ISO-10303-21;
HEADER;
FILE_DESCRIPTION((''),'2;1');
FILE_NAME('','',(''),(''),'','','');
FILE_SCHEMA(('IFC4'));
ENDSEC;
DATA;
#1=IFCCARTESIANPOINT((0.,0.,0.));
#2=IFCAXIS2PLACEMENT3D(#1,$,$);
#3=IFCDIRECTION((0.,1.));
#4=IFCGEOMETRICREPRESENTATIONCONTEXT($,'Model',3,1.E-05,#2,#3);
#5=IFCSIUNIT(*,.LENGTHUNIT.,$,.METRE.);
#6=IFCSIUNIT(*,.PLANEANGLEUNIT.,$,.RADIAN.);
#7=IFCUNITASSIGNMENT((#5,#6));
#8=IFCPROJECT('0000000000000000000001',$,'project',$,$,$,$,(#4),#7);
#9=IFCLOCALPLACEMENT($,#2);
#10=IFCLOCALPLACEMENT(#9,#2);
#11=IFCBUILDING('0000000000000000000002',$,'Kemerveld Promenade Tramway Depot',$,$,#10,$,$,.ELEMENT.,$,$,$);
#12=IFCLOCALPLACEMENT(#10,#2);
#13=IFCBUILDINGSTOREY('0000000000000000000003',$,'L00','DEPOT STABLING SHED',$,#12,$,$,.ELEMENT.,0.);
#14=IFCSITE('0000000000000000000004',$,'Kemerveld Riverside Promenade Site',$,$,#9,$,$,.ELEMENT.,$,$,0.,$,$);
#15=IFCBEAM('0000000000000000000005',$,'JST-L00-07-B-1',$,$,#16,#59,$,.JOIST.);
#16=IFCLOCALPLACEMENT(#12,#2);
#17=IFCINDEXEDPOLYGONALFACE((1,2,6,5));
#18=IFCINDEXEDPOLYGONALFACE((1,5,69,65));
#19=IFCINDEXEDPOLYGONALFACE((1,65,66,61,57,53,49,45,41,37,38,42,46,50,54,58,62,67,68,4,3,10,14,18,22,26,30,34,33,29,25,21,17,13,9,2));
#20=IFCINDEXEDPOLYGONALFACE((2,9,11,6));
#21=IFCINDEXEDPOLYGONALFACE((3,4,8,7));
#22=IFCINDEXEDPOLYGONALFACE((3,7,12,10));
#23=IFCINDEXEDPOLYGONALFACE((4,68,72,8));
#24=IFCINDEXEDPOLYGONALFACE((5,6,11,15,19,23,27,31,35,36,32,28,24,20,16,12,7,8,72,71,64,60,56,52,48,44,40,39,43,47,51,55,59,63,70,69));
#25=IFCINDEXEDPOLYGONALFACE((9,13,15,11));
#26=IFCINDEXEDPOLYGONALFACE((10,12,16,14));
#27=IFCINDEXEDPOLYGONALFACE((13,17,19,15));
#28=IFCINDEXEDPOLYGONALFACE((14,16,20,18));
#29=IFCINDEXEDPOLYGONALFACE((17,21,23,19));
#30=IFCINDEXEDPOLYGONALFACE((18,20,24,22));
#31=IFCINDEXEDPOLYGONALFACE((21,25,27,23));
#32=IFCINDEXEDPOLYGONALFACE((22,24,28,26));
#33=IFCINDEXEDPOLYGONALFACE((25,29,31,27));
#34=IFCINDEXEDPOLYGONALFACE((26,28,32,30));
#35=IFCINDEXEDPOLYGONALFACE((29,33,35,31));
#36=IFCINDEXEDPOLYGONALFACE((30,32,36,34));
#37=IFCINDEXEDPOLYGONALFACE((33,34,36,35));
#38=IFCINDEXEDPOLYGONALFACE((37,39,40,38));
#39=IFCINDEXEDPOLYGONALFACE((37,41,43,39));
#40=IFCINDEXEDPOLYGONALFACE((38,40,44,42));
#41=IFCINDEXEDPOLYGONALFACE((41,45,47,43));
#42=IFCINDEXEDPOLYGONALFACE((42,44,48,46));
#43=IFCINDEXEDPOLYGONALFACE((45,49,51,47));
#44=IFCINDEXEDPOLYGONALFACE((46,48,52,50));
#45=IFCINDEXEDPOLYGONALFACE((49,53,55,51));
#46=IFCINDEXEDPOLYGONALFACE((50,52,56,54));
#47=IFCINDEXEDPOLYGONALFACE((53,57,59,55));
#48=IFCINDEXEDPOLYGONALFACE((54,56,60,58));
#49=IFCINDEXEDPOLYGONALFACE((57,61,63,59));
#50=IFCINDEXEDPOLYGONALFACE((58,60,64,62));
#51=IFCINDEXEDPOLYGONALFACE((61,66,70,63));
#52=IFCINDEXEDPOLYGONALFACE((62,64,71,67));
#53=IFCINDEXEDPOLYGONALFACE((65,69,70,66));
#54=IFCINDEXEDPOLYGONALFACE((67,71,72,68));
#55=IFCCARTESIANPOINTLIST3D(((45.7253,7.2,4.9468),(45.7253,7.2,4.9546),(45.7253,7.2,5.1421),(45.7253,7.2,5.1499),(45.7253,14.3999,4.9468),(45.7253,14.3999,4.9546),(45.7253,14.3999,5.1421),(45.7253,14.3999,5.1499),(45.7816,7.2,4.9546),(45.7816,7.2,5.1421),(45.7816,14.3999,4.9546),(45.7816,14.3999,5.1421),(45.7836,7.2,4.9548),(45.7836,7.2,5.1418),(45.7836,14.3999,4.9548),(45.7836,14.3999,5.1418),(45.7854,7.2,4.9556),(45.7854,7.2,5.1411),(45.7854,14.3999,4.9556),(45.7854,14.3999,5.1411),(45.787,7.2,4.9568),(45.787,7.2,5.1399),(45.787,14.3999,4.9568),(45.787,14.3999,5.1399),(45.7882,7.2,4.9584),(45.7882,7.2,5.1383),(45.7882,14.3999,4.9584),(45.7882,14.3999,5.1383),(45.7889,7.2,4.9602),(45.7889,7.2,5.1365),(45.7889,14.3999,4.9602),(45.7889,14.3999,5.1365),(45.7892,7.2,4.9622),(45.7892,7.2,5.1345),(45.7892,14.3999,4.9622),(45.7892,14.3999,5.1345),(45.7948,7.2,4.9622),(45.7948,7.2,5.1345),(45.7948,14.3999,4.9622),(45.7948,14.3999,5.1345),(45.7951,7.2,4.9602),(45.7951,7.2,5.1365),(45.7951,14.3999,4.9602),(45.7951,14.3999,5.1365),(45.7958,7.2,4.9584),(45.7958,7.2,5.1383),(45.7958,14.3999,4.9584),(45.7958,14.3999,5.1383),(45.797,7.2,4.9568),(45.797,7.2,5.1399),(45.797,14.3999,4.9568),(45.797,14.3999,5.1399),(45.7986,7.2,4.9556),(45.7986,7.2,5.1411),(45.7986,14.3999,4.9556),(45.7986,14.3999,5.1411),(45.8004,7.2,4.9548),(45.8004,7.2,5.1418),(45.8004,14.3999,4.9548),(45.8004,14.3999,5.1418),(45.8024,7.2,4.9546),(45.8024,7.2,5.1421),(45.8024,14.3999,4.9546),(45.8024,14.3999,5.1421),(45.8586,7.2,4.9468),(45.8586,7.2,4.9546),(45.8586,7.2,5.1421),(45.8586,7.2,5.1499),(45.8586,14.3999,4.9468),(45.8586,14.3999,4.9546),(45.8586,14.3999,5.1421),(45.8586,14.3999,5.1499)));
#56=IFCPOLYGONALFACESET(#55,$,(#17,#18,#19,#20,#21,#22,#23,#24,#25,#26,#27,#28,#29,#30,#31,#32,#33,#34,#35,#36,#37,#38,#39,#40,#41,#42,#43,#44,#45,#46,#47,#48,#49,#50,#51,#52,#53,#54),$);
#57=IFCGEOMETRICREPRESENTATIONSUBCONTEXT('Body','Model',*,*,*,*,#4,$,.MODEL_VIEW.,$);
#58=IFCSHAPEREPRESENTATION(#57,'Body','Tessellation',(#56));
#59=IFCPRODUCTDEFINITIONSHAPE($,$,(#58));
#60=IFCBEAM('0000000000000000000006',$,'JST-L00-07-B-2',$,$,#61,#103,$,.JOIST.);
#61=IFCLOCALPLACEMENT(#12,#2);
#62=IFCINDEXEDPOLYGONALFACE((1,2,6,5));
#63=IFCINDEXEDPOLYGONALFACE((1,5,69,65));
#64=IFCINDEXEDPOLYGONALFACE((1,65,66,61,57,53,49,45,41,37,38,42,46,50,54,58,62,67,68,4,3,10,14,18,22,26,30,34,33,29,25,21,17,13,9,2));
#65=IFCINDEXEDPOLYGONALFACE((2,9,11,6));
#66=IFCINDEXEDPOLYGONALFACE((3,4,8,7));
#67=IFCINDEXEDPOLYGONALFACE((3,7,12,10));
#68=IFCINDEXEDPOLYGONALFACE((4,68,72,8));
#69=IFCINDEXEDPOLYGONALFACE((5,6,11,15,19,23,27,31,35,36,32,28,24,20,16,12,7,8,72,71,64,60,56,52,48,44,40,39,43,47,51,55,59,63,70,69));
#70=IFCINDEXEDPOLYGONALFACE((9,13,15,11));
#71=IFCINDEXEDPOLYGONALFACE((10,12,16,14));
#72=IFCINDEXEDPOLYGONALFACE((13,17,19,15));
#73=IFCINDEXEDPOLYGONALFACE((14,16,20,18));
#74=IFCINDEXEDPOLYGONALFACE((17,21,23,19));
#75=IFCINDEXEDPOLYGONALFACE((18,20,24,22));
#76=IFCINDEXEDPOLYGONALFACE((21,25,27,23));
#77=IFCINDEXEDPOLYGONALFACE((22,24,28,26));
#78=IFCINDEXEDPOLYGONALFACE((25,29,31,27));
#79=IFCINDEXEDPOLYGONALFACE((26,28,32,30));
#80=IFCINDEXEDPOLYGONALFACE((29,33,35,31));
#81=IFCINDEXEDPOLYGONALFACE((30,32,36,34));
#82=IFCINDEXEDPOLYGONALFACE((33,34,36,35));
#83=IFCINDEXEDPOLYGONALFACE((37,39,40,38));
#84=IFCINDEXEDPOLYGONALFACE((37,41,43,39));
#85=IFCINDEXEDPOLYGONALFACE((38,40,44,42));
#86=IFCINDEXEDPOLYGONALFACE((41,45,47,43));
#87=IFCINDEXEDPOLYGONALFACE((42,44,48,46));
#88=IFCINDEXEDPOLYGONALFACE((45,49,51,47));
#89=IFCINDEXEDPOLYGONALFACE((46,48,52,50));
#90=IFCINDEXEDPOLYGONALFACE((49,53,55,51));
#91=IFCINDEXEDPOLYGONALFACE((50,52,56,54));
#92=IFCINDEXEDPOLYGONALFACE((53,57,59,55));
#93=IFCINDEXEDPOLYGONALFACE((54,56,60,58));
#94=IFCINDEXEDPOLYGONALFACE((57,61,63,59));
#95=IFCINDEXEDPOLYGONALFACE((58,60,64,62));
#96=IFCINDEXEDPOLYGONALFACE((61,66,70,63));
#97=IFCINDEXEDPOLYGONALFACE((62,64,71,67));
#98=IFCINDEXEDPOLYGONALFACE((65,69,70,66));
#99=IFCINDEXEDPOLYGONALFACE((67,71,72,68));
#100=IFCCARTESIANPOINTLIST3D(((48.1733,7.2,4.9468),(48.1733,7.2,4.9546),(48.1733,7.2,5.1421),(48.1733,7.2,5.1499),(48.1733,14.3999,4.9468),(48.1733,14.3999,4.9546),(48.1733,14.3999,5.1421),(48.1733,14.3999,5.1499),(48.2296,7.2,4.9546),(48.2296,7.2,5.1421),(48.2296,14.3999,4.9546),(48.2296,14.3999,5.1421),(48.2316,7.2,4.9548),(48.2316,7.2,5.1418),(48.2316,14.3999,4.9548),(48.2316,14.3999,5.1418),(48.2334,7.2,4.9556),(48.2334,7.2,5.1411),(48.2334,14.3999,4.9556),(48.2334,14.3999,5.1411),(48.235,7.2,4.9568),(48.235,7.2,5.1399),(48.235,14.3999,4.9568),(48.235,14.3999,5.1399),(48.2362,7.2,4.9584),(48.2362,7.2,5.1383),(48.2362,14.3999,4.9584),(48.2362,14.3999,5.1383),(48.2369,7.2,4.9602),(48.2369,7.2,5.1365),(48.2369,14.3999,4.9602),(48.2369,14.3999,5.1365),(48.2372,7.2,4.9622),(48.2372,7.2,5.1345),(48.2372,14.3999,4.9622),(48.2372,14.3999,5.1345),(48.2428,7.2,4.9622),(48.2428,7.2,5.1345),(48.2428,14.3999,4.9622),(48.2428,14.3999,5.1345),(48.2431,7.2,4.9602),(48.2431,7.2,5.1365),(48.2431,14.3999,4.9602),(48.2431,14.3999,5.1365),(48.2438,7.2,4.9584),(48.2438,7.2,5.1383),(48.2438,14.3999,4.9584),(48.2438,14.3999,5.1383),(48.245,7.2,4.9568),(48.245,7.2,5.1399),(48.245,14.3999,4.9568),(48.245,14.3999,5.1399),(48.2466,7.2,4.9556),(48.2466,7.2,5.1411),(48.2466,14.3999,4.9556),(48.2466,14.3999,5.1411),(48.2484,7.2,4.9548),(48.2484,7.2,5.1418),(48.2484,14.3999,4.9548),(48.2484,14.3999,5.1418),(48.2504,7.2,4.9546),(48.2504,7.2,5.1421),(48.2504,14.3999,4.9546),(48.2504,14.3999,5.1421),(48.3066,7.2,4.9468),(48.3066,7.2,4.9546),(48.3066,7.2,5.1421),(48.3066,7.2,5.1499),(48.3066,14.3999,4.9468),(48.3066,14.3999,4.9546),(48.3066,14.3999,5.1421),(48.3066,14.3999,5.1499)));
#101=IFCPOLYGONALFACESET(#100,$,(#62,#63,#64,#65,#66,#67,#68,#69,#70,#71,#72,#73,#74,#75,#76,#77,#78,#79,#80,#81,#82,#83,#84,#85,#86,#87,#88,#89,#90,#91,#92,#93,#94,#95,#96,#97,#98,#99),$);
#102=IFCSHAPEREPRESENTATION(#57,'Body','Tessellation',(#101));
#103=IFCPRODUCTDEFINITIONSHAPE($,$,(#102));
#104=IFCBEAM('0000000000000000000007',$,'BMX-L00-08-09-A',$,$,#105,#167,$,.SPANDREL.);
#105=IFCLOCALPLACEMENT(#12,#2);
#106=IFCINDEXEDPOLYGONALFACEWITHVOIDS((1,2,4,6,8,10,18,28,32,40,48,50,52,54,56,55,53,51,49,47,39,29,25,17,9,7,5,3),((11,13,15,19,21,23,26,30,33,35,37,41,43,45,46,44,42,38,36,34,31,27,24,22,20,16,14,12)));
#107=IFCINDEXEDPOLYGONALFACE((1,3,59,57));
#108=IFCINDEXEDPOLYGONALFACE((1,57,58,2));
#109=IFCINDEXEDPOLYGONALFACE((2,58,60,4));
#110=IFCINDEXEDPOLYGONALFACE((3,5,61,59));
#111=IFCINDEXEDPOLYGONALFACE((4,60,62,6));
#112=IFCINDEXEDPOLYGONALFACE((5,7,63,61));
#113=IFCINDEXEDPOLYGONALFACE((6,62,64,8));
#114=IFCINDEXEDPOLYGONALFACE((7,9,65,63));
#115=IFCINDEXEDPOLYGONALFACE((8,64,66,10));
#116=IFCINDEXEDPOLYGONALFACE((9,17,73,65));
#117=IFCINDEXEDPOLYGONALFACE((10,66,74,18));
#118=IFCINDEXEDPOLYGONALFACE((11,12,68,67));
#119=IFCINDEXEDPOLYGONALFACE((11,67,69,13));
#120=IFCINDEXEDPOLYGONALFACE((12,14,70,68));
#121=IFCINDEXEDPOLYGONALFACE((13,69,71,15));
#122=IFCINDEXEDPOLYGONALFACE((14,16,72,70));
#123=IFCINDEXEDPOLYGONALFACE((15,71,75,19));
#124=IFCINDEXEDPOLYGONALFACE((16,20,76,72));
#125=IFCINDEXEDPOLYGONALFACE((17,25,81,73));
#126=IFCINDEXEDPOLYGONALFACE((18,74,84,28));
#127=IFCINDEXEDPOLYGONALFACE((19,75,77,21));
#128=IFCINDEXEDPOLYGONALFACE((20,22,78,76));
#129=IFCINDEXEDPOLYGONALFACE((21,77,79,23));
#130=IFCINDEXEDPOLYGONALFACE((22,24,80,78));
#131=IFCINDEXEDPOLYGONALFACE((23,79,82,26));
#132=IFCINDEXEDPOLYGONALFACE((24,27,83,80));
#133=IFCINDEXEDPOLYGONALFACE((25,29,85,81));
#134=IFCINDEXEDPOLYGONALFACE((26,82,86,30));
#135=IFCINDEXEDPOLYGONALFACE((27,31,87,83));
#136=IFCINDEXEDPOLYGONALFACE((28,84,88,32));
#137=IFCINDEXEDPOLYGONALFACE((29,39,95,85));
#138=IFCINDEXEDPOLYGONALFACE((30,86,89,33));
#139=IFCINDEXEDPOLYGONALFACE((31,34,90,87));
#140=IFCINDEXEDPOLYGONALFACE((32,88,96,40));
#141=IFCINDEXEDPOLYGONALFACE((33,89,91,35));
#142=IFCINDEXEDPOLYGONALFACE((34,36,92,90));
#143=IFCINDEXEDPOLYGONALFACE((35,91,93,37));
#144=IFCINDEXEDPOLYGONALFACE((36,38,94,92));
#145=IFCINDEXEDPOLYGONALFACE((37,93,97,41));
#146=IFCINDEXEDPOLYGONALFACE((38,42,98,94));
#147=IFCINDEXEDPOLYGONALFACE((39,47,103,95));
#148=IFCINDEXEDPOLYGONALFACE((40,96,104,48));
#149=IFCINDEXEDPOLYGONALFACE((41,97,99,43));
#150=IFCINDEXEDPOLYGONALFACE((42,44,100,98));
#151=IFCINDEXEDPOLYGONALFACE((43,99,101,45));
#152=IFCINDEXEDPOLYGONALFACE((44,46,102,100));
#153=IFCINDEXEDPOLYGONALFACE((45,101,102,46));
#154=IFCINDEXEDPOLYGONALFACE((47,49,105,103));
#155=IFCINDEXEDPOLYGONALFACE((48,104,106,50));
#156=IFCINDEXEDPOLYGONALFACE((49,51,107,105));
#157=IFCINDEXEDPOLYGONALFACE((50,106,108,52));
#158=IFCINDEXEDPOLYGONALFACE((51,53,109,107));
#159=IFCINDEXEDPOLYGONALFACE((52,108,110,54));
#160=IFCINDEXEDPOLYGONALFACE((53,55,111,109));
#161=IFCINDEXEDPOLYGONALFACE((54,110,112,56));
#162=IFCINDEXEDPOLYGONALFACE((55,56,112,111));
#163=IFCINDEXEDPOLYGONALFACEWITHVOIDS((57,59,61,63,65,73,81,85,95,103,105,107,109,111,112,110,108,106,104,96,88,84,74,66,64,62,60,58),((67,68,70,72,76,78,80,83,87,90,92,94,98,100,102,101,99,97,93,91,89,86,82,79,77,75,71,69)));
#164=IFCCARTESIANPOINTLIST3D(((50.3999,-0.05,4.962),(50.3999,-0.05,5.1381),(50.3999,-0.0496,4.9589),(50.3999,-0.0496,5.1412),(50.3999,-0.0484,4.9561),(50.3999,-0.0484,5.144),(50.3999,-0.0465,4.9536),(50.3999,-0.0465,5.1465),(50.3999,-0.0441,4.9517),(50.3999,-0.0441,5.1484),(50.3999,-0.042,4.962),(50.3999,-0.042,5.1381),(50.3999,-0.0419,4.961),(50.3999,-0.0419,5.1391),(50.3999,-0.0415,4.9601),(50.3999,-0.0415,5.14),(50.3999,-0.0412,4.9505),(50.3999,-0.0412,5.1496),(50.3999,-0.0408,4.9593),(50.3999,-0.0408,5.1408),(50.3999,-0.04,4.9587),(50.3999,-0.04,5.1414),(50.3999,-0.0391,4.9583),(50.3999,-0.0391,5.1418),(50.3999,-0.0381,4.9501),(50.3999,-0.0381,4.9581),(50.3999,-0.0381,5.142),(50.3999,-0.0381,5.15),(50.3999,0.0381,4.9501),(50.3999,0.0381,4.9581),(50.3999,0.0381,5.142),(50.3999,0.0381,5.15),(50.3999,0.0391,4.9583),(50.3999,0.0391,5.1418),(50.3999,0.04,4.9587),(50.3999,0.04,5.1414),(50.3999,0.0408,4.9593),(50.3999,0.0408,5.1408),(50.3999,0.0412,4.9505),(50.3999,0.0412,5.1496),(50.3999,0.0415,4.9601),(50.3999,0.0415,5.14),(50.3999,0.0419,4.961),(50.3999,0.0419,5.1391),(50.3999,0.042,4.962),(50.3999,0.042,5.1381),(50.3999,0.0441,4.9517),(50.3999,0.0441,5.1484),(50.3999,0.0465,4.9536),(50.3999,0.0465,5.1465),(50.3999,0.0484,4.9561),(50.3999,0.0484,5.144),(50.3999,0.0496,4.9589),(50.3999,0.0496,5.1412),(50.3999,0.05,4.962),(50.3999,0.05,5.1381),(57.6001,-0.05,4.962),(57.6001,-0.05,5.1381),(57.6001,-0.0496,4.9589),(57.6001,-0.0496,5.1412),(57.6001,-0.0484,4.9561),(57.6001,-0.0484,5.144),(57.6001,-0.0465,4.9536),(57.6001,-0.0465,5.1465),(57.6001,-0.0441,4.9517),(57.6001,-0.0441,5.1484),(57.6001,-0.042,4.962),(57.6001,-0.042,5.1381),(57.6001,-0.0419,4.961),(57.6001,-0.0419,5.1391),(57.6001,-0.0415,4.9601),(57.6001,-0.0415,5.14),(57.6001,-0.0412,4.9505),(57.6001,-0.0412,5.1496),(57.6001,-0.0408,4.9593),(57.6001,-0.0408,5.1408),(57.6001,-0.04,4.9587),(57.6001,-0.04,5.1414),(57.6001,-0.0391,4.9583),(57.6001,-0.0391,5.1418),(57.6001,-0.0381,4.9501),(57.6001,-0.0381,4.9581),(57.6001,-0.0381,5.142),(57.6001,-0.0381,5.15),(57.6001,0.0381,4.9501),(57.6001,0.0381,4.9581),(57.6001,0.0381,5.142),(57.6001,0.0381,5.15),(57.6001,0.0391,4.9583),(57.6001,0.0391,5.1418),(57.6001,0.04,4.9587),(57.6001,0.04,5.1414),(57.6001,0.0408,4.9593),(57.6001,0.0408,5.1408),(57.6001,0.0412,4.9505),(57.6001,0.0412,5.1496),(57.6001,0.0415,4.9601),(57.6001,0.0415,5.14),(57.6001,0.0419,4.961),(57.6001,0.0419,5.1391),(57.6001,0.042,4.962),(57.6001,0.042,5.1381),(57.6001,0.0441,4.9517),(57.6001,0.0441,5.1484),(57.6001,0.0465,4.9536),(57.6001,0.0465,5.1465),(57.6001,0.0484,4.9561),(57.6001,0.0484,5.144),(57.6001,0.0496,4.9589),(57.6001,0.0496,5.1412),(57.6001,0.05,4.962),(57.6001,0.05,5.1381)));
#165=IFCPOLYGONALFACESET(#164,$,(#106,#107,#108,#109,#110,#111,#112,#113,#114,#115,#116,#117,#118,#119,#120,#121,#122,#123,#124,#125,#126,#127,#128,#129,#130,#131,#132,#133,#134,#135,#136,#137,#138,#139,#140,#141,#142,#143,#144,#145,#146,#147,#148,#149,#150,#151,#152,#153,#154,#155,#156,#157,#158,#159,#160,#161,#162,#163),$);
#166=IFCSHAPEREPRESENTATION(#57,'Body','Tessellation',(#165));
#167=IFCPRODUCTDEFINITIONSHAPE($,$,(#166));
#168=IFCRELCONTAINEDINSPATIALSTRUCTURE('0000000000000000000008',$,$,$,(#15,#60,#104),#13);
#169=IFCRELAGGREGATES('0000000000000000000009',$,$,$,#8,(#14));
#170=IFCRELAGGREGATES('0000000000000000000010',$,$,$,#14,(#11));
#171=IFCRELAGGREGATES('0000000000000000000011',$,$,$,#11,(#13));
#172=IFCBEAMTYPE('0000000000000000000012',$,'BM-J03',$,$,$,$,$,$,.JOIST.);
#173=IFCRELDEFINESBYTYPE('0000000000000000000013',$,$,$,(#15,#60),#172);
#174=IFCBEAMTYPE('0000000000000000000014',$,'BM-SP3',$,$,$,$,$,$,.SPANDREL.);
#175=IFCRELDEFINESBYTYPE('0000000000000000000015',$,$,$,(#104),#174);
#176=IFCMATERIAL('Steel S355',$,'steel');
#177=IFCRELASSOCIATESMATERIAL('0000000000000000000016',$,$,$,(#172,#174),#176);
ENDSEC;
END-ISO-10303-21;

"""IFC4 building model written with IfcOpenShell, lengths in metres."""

from ifc_helpers import new_model, si_unit, direction, frame, origin, origin_2d, place, context, subcontext, project, spatial, hollow_rectangle, i_section, extrude, material, material_profile, profile_set, type_object, element, save


model = new_model("IFC4")

# Units and contexts
model_context = context("Model", 3, precision=1e-05, world=origin(), true_north=direction((0.0, 1.0)))
body_context = subcontext(model_context, "Body", "Model", "MODEL_VIEW")
ifc_project = project(units=[si_unit("LENGTHUNIT", "METRE"), si_unit("PLANEANGLEUNIT", "RADIAN")], contexts=[model_context])

# Site, building, storey
site_placement = place(None, origin())
site = spatial("IfcSite", under=ifc_project, at=site_placement, Name="Kemerveld Riverside Promenade Site", CompositionType="ELEMENT", RefElevation=0.0)
building_placement = place(site_placement, origin())
building = spatial("IfcBuilding", under=site, at=building_placement, Name="Kemerveld Promenade Tramway Depot", CompositionType="ELEMENT")
storey_placement = place(building_placement, origin())
storey = spatial("IfcBuildingStorey", under=building, at=storey_placement, Name="L00", Description="DEPOT STABLING SHED", CompositionType="ELEMENT", Elevation=0.0)

# Shared definitions
ifc_material_1 = material(Name="Steel S355", Category="steel")

# Beams
ifc_material_profile_1 = material_profile(ifc_material_1, i_section(OverallWidth=0.1333, OverallDepth=0.2031, WebThickness=0.0056, FlangeThickness=0.0078, FilletRadius=0.0076, at=origin_2d()), Name="203x133x25 UB")
ifc_profile_set_1 = profile_set([ifc_material_profile_1], Name="Steel S355")
beam_type_1 = type_object("IfcBeamType", Name="BM-J03", PredefinedType="JOIST", material=ifc_profile_set_1)
for number, where, z_axis, x_axis, name in (
    (1, (45.792, 7.2, 5.0483), (0.0, 1.0, 0.0), (-1.0, 0.0, 0.0), "JST-L00-07-B-1"),
    (2, (48.24, 7.2, 5.0483), (0.0, 1.0, 0.0), (-1.0, 0.0, 0.0), "JST-L00-07-B-2"),
):
    element("IfcBeam", number, at=place(storey_placement, frame(where, z_axis=z_axis, x_axis=x_axis)), inside=storey, type_object=beam_type_1, Name=name, PredefinedType="JOIST", context=body_context, shape_type="SweptSolid", body=[
        extrude(i_section(OverallWidth=0.1333, OverallDepth=0.2031, WebThickness=0.0056, FlangeThickness=0.0078, FilletRadius=0.0076, at=origin_2d()), origin(), (0.0, 0.0, 1.0), 7.2),
    ])
ifc_material_profile_2 = material_profile(ifc_material_1, hollow_rectangle(XDim=0.1001, YDim=0.2, WallThickness=0.0081, InnerFilletRadius=0.0039, OuterFilletRadius=0.012, at=origin_2d()), Name="200x100x8.0 RHS")
ifc_profile_set_2 = profile_set([ifc_material_profile_2], Name="Steel S355")
beam_type_2 = type_object("IfcBeamType", Name="BM-SP3", PredefinedType="SPANDREL", material=ifc_profile_set_2)
beam_placement = place(storey_placement, frame((50.3999, 0.0, 5.05), z_axis=(1.0, 0.0, 0.0), x_axis=(0.0, 1.0, 0.0)))
element("IfcBeam", 3, at=beam_placement, inside=storey, type_object=beam_type_2, Name="BMX-L00-08-09-A", PredefinedType="SPANDREL", context=body_context, shape_type="SweptSolid", body=[
    extrude(hollow_rectangle(XDim=0.1001, YDim=0.2, WallThickness=0.0081, InnerFilletRadius=0.0039, OuterFilletRadius=0.012, at=origin_2d()), origin(), (0.0, 0.0, 1.0), 7.2002),
])

save(model, "model.ifc")
